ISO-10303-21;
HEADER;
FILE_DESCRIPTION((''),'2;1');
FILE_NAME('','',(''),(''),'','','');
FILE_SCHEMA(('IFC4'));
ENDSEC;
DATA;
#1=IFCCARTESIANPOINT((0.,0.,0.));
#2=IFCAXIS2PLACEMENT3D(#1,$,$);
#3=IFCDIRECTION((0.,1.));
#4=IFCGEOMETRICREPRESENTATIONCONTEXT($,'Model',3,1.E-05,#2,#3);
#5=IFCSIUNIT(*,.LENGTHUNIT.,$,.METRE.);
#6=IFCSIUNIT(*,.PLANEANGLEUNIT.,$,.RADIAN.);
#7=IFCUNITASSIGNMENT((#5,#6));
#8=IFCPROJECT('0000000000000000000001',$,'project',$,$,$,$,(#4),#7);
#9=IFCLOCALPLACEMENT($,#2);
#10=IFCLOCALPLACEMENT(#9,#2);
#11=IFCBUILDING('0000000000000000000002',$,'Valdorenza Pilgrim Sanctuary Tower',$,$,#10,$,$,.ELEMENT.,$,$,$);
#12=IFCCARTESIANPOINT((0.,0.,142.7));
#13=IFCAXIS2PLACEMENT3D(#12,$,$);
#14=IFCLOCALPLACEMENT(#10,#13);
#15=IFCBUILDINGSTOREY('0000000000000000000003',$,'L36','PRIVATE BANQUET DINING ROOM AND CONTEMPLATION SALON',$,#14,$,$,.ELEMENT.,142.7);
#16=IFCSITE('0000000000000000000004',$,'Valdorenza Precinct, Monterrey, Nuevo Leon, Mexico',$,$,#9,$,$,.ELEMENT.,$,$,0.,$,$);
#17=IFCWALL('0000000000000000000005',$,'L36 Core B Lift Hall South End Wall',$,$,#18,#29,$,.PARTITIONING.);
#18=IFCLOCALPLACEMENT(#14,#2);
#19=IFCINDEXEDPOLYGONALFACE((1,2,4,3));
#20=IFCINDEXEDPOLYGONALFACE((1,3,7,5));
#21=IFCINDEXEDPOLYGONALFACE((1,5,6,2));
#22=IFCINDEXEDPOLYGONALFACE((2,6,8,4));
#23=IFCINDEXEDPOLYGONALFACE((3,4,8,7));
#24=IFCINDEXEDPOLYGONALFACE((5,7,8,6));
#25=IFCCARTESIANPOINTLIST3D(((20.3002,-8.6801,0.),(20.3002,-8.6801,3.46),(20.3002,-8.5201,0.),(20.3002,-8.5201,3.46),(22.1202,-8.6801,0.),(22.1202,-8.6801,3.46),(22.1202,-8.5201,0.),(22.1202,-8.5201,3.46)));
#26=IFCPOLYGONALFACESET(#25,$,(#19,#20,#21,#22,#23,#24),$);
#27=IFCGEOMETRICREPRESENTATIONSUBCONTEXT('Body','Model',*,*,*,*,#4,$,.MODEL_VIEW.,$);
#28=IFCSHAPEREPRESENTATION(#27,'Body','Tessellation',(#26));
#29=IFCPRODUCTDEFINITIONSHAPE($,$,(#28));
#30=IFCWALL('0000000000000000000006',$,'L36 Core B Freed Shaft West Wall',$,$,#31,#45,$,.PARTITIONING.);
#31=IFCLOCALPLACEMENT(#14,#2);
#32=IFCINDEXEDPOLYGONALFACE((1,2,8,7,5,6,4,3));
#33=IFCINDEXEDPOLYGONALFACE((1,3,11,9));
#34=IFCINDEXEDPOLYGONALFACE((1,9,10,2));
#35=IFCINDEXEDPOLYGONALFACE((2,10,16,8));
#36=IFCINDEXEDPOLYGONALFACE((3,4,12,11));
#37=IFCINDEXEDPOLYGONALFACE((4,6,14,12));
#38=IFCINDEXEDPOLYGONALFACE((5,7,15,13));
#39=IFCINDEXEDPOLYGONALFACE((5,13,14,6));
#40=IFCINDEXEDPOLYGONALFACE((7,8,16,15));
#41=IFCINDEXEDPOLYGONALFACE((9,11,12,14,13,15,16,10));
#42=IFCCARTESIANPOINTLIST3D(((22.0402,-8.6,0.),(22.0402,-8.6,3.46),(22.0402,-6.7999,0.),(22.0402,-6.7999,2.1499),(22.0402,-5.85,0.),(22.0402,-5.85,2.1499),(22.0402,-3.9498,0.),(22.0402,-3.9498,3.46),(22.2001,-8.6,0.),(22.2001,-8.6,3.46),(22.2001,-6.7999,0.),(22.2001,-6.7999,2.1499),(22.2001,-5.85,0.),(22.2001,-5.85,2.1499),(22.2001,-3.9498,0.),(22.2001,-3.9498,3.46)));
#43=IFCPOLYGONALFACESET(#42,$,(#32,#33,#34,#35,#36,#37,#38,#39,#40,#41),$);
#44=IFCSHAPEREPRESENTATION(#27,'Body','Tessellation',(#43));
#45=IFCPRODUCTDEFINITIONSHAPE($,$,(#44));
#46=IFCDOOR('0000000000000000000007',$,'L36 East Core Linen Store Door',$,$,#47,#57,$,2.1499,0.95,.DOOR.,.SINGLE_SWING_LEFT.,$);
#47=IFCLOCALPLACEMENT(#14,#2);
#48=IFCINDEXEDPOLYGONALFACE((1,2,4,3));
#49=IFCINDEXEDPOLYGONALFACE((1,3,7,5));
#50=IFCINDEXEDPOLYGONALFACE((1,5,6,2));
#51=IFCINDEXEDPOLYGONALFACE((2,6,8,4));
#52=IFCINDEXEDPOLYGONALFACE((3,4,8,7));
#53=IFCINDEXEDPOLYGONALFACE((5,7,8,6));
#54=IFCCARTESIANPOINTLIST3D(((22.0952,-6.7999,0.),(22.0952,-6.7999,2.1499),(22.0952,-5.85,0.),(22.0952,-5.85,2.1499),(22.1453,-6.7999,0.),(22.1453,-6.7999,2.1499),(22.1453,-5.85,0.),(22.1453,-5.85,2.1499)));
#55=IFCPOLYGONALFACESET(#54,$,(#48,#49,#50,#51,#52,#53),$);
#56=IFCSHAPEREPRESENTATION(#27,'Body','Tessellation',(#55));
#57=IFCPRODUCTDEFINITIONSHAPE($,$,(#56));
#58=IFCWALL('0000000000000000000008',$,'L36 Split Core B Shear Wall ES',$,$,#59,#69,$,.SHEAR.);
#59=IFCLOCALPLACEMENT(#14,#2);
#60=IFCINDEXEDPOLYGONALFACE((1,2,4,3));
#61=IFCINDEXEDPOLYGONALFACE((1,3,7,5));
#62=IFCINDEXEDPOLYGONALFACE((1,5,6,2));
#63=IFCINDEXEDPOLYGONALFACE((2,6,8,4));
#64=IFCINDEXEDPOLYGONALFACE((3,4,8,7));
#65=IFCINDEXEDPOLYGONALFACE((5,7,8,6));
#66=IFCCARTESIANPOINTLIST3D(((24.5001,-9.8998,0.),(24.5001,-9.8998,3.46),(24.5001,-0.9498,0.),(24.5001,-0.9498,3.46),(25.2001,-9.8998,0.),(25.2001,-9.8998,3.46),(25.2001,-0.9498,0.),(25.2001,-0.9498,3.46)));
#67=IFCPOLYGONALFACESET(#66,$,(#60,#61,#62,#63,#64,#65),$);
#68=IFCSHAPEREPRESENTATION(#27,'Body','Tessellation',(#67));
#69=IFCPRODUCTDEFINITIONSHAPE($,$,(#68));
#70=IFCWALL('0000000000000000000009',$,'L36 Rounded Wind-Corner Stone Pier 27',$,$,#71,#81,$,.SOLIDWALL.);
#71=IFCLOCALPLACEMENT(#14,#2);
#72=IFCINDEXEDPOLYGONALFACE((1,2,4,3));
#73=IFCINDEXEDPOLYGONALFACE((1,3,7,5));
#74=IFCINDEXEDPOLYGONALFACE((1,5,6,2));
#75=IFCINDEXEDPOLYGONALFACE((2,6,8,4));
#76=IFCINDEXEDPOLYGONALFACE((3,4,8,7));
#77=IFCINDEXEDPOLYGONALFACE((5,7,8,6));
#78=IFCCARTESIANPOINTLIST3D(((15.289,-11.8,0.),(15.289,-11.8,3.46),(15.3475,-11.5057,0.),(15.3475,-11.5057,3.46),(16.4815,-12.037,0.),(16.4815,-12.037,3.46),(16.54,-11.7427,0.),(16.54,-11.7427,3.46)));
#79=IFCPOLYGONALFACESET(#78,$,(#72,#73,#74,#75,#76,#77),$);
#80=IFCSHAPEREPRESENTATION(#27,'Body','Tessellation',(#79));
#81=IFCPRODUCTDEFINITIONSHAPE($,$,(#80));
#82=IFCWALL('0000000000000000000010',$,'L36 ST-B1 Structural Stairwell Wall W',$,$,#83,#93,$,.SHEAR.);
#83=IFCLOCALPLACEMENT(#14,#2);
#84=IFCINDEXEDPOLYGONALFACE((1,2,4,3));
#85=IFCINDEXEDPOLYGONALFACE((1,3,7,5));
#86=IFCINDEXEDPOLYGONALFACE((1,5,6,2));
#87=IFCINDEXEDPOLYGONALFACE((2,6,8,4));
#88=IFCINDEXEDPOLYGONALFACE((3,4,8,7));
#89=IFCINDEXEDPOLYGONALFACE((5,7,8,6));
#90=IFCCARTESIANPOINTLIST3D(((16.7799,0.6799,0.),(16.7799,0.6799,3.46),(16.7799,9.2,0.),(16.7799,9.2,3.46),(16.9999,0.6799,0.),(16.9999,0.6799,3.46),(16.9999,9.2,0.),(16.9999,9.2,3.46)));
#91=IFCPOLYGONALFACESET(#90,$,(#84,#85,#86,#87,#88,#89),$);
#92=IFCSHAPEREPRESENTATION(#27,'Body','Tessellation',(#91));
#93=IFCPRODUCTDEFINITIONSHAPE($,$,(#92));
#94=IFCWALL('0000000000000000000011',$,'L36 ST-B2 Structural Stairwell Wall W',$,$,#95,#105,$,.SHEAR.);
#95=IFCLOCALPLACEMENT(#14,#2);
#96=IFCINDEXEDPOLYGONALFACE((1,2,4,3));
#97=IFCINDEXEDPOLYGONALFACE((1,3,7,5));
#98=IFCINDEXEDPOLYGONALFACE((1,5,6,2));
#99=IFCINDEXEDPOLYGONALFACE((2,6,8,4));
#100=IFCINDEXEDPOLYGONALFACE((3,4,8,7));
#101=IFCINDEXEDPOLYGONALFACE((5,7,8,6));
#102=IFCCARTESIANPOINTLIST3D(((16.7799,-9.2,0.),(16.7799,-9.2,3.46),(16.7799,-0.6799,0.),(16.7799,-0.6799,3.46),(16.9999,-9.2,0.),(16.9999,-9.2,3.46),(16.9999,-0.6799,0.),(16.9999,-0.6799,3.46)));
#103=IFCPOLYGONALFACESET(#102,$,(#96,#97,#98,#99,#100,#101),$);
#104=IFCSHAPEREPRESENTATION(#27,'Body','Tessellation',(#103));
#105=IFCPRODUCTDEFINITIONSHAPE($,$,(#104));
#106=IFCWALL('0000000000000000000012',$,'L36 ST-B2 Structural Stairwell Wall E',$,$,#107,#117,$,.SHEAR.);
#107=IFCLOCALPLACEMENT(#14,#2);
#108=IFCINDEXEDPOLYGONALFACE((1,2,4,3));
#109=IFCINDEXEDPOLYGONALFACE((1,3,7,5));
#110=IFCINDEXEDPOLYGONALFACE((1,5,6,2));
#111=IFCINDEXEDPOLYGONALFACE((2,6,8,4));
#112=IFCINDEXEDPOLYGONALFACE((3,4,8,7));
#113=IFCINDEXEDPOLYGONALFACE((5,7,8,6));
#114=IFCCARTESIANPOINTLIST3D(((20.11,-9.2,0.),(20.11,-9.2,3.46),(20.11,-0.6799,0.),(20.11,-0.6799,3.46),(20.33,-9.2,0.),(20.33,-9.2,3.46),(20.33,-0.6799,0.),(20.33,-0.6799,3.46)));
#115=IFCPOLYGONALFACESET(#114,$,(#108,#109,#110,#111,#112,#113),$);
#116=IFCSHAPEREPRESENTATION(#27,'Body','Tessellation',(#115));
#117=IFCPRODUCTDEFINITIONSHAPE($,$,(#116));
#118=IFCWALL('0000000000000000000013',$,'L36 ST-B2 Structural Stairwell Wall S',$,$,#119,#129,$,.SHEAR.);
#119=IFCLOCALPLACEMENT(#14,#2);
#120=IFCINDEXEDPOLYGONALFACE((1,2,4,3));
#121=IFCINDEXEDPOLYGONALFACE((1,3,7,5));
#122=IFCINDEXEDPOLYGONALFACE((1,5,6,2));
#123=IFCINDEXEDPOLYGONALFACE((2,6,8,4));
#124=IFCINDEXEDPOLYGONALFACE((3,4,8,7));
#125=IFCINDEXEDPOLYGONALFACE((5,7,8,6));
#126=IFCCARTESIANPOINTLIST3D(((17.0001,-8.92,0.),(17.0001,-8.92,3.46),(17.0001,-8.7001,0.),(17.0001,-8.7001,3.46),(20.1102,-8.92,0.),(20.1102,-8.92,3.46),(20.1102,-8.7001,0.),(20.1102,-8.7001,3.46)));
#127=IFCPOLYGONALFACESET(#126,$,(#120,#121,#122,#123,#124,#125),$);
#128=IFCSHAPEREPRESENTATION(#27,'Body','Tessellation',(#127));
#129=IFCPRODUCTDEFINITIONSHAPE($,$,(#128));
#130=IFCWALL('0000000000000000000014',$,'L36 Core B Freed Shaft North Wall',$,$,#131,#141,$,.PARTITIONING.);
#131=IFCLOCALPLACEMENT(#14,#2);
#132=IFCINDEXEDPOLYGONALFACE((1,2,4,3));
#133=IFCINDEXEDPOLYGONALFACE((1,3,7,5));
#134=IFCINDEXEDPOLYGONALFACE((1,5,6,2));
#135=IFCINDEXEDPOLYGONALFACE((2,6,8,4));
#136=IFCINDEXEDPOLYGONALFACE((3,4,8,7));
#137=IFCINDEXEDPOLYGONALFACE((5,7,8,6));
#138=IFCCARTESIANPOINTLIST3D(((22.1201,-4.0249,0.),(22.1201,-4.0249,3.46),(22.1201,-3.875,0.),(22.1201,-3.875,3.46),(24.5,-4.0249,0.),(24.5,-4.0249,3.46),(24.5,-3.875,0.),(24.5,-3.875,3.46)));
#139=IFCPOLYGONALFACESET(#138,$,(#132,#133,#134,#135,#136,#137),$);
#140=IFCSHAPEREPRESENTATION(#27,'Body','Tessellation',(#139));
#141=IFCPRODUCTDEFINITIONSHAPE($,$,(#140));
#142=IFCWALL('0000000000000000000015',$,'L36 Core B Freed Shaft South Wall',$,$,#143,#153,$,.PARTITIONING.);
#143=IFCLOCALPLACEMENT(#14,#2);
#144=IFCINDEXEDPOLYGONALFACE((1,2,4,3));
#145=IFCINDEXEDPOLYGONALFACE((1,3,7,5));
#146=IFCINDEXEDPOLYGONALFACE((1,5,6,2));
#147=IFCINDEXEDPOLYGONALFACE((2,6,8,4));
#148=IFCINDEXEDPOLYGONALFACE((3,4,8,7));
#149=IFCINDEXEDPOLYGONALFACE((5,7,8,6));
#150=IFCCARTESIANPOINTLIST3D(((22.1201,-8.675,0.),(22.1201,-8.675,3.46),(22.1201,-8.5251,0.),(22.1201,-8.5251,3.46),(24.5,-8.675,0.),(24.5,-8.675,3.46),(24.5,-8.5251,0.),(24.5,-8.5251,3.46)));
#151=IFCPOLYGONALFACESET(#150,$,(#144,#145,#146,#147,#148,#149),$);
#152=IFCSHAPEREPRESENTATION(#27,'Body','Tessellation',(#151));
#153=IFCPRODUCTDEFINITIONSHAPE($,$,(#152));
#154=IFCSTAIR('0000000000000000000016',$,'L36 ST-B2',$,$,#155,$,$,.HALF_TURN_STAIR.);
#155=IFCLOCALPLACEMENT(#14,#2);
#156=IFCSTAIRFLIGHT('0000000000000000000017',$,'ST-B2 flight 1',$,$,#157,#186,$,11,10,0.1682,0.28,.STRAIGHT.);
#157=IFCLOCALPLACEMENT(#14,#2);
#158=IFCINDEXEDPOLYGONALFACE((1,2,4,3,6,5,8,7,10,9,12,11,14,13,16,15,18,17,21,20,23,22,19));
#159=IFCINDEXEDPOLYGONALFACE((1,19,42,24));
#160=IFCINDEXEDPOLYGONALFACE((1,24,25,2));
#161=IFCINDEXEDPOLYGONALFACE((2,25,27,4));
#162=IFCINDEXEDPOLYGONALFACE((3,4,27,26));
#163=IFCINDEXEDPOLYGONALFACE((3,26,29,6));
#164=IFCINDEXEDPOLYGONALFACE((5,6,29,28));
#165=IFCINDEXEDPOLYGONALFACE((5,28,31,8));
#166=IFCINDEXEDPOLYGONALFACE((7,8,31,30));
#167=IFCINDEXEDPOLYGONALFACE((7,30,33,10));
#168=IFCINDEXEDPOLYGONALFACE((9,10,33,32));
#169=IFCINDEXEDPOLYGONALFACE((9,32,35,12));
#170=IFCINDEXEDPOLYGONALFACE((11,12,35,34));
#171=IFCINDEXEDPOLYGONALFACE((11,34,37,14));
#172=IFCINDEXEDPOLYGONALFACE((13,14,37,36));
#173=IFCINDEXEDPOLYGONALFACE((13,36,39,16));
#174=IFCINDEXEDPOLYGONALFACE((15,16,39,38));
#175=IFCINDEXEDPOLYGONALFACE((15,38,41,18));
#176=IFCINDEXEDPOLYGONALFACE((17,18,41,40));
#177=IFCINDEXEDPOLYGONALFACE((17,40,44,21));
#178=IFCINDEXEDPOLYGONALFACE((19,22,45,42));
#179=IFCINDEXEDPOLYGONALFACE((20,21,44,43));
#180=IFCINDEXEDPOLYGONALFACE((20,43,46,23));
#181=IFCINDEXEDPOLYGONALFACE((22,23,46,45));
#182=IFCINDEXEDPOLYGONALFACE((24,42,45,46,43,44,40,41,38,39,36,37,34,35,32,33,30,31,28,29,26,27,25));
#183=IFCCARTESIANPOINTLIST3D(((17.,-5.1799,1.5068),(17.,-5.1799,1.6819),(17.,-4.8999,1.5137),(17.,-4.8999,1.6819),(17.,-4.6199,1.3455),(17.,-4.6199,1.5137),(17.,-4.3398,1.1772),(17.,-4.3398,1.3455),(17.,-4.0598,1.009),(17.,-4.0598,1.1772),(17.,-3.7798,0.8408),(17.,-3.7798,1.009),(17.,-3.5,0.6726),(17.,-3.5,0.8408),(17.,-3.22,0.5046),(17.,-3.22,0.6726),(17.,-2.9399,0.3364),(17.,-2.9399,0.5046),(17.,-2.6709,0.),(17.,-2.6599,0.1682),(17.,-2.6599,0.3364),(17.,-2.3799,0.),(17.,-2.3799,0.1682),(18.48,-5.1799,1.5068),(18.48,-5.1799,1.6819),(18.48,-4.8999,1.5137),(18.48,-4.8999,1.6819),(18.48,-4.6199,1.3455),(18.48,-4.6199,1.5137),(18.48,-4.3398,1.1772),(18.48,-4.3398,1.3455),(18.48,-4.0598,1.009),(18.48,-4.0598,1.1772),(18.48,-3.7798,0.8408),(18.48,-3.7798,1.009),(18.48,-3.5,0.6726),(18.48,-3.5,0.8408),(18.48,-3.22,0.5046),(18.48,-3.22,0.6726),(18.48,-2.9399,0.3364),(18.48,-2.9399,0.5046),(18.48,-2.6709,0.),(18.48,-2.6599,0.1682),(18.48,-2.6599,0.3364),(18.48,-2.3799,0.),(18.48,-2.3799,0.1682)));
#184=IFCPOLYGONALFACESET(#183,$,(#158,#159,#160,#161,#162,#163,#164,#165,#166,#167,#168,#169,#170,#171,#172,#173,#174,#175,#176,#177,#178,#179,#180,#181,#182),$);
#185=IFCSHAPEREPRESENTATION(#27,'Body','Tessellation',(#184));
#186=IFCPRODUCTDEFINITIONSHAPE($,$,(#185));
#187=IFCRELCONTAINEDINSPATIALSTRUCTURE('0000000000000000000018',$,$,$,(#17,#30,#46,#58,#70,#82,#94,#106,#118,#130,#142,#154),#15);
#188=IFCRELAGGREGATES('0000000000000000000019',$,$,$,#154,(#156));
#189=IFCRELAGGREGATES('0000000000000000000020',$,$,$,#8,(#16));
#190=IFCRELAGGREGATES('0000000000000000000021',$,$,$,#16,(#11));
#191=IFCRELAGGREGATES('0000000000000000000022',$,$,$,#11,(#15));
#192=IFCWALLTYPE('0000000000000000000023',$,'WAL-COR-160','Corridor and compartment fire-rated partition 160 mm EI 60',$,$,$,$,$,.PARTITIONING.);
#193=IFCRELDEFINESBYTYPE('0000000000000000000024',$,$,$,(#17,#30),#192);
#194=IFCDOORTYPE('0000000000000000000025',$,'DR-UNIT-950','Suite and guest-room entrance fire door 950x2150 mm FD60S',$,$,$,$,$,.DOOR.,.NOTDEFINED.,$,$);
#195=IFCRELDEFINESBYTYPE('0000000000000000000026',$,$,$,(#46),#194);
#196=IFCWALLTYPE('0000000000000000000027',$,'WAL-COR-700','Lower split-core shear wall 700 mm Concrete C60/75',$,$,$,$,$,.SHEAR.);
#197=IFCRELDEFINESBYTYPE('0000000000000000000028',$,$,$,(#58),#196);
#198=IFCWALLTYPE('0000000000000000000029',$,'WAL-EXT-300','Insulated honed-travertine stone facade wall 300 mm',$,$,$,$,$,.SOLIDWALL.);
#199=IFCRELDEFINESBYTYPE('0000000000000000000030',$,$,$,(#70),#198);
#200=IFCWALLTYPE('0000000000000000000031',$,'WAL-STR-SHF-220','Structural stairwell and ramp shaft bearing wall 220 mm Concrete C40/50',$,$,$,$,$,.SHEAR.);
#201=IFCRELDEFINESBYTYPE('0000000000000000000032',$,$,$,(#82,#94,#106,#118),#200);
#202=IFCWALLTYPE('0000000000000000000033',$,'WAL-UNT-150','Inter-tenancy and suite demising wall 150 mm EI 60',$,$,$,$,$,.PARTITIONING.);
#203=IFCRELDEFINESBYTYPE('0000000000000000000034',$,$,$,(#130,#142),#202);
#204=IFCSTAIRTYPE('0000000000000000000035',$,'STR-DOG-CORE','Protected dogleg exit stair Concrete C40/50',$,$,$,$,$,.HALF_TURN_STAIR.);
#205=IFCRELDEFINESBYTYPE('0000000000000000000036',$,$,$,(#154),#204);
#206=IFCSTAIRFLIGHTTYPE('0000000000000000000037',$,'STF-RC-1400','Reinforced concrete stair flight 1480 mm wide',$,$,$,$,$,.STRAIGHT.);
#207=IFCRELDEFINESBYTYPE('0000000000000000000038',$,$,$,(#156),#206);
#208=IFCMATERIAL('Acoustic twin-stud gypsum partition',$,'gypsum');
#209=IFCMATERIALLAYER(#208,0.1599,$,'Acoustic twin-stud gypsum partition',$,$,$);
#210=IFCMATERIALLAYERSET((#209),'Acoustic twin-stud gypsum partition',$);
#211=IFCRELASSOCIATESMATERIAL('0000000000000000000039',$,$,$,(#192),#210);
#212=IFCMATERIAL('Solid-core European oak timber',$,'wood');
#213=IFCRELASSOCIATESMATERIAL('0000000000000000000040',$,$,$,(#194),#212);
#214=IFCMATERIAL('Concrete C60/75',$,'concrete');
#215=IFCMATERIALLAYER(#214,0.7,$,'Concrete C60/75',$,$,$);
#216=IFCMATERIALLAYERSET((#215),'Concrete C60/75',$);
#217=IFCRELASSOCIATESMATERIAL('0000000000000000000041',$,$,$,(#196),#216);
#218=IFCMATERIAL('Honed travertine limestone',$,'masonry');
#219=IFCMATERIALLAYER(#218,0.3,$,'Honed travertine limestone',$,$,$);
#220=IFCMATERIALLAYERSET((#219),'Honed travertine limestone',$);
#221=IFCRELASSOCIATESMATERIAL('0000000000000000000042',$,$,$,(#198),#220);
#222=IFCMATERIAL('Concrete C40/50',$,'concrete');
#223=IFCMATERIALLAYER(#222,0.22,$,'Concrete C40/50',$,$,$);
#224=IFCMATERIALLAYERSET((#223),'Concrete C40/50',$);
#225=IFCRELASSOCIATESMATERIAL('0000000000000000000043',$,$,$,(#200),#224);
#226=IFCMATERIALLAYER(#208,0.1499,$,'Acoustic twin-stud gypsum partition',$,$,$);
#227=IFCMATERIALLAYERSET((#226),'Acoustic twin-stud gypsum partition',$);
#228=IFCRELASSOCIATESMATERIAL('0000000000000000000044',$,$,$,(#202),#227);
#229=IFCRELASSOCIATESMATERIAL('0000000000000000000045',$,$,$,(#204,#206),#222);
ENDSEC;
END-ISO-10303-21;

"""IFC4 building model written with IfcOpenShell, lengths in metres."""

from ifc_helpers import new_model, si_unit, direction, frame, frame_2d, origin, place, context, subcontext, project, spatial, polyline, rectangle, outline, extrude, material, layer, layer_set, type_object, element, fill, aggregate, save


model = new_model("IFC4")

# Units and contexts
model_context = context("Model", 3, precision=1e-05, world=origin(), true_north=direction((0.0, 1.0)))
body_context = subcontext(model_context, "Body", "Model", "MODEL_VIEW")
ifc_project = project(units=[si_unit("LENGTHUNIT", "METRE"), si_unit("PLANEANGLEUNIT", "RADIAN")], contexts=[model_context])

# Site, building, storey
site_placement = place(None, origin())
site = spatial("IfcSite", under=ifc_project, at=site_placement, Name="Valdorenza Precinct, Monterrey, Nuevo Leon, Mexico", CompositionType="ELEMENT", RefElevation=0.0)
building_placement = place(site_placement, origin())
building = spatial("IfcBuilding", under=site, at=building_placement, Name="Valdorenza Pilgrim Sanctuary Tower", CompositionType="ELEMENT")
storey_placement = place(building_placement, frame((0.0, 0.0, 142.7)))
storey = spatial("IfcBuildingStorey", under=building, at=storey_placement, Name="L36", Description="PRIVATE BANQUET DINING ROOM AND CONTEMPLATION SALON", CompositionType="ELEMENT", Elevation=142.7)

# Shared definitions
ifc_material_1 = material(Name="Concrete C60/75", Category="concrete")

# Shared definitions
ifc_material_2 = material(Name="Honed travertine limestone", Category="masonry")

# Wall
ifc_material_3 = material(Name="Acoustic twin-stud gypsum partition", Category="gypsum")
ifc_layer_1 = layer(ifc_material_3, 0.1599, Name="Acoustic twin-stud gypsum partition")
ifc_layer_set_1 = layer_set([ifc_layer_1], Name="Acoustic twin-stud gypsum partition")
wall_type_1 = type_object("IfcWallType", Name="WAL-COR-160", Description="Corridor and compartment fire-rated partition 160 mm EI 60", PredefinedType="PARTITIONING", material=ifc_layer_set_1)
wall_1_placement = place(storey_placement, frame((20.3, -8.6001, 0.0), z_axis=(0.0, 0.0, 1.0), x_axis=(1.0, 0.0, 0.0)))
element("IfcWall", 1, at=wall_1_placement, inside=storey, type_object=wall_type_1, Name="L36 Core B Lift Hall South End Wall", PredefinedType="PARTITIONING", context=body_context, shape_type="SweptSolid", body=[
    extrude(rectangle(XDim=1.8201, YDim=0.1599, at=frame_2d((0.9102, 0.0))), origin(), (0.0, 0.0, 1.0), 3.46),
])

# Wall, opening, door
wall_2_placement = place(storey_placement, frame((22.1201, -8.6001, 0.0), z_axis=(0.0, 0.0, 1.0), x_axis=(0.0, 1.0, 0.0)))
wall_2 = element("IfcWall", 2, at=wall_2_placement, inside=storey, type_object=wall_type_1, Name="L36 Core B Freed Shaft West Wall", PredefinedType="PARTITIONING", context=body_context, shape_type="SweptSolid", body=[
    extrude(rectangle(XDim=4.6501, YDim=0.1599, at=frame_2d((2.3252, 0.0))), origin(), (0.0, 0.0, 1.0), 3.46),
])
opening_1_placement = place(wall_2_placement, frame((1.8, 0.0, 0.0)))
opening_1 = element("IfcOpeningElement", 3, at=opening_1_placement, cuts=wall_2, PredefinedType="OPENING", context=body_context, shape_type="SweptSolid", body=[
    extrude(rectangle(XDim=0.95, YDim=2.1499, at=frame_2d((0.4751, 1.075))), frame((0.0, 0.0947, 0.0), z_axis=(0.0, -1.0, 0.0), x_axis=(1.0, 0.0, 0.0)), (0.0, 0.0, 1.0), 0.1897),
])
ifc_material_4 = material(Name="Solid-core European oak timber", Category="wood")
door_type_1 = type_object("IfcDoorType", Name="DR-UNIT-950", Description="Suite and guest-room entrance fire door 950x2150 mm FD60S", OperationType="NOTDEFINED", PredefinedType="DOOR", material=ifc_material_4)
door_1_placement = place(opening_1_placement, origin())
door_1 = element("IfcDoor", 4, at=door_1_placement, inside=storey, type_object=door_type_1, Name="L36 East Core Linen Store Door", OperationType="SINGLE_SWING_LEFT", OverallHeight=2.1499, OverallWidth=0.95, PredefinedType="DOOR", context=body_context, shape_type="SweptSolid", body=[
    extrude(rectangle(XDim=0.95, YDim=2.1499, at=frame_2d((0.4751, 1.075))), frame((0.0, 0.0249, 0.0), z_axis=(0.0, -1.0, 0.0), x_axis=(1.0, 0.0, 0.0)), (0.0, 0.0, 1.0), 0.05),
])
fill(opening_1, door_1)

# Walls
ifc_layer_2 = layer(ifc_material_1, 0.7, Name="Concrete C60/75")
ifc_layer_set_2 = layer_set([ifc_layer_2], Name="Concrete C60/75")
wall_type_2 = type_object("IfcWallType", Name="WAL-COR-700", Description="Lower split-core shear wall 700 mm Concrete C60/75", PredefinedType="SHEAR", material=ifc_layer_set_2)
wall_3_placement = place(storey_placement, frame((24.8501, -9.8999, 0.0), z_axis=(0.0, 0.0, 1.0), x_axis=(0.0, 1.0, 0.0)))
element("IfcWall", 5, at=wall_3_placement, inside=storey, type_object=wall_type_2, Name="L36 Split Core B Shear Wall ES", PredefinedType="SHEAR", context=body_context, shape_type="SweptSolid", body=[
    extrude(rectangle(XDim=8.95, YDim=0.7, at=frame_2d((4.4751, 0.0))), origin(), (0.0, 0.0, 1.0), 3.46),
])
ifc_layer_3 = layer(ifc_material_2, 0.3, Name="Honed travertine limestone")
ifc_layer_set_3 = layer_set([ifc_layer_3], Name="Honed travertine limestone")
wall_type_3 = type_object("IfcWallType", Name="WAL-EXT-300", Description="Insulated honed-travertine stone facade wall 300 mm", PredefinedType="SOLIDWALL", material=ifc_layer_set_3)
wall_4_placement = place(storey_placement, frame((16.5107, -11.8899, 0.0), z_axis=(0.0, 0.0, 1.0), x_axis=(-0.980804, 0.194996, 0.0)))
element("IfcWall", 6, at=wall_4_placement, inside=storey, type_object=wall_type_3, Name="L36 Rounded Wind-Corner Stone Pier 27", PredefinedType="SOLIDWALL", context=body_context, shape_type="SweptSolid", body=[
    extrude(rectangle(XDim=1.2158, YDim=0.3, at=frame_2d((0.6079, 0.0))), origin(), (0.0, 0.0, 1.0), 3.46),
])

# Walls
ifc_material_5 = material(Name="Concrete C40/50", Category="concrete")
ifc_layer_4 = layer(ifc_material_5, 0.22, Name="Concrete C40/50")
ifc_layer_set_4 = layer_set([ifc_layer_4], Name="Concrete C40/50")
wall_type_4 = type_object("IfcWallType", Name="WAL-STR-SHF-220", Description="Structural stairwell and ramp shaft bearing wall 220 mm Concrete C40/50", PredefinedType="SHEAR", material=ifc_layer_set_4)
for number, where, z_axis, x_axis, name in (
    (7, (16.8899, 0.6799, 0.0), (0.0, 0.0, 1.0), (0.0, 1.0, 0.0), "L36 ST-B1 Structural Stairwell Wall W"),
    (8, (16.8899, -9.2, 0.0), (0.0, 0.0, 1.0), (0.0, 1.0, 0.0), "L36 ST-B2 Structural Stairwell Wall W"),
    (9, (20.22, -9.2, 0.0), (0.0, 0.0, 1.0), (0.0, 1.0, 0.0), "L36 ST-B2 Structural Stairwell Wall E"),
):
    element("IfcWall", number, at=place(storey_placement, frame(where, z_axis=z_axis, x_axis=x_axis)), inside=storey, type_object=wall_type_4, Name=name, PredefinedType="SHEAR", context=body_context, shape_type="SweptSolid", body=[
        extrude(rectangle(XDim=8.52, YDim=0.22, at=frame_2d((4.26, 0.0))), origin(), (0.0, 0.0, 1.0), 3.46),
    ])
wall_5_placement = place(storey_placement, frame((17.0, -8.8101, 0.0), z_axis=(0.0, 0.0, 1.0), x_axis=(1.0, 0.0, 0.0)))
element("IfcWall", 10, at=wall_5_placement, inside=storey, type_object=wall_type_4, Name="L36 ST-B2 Structural Stairwell Wall S", PredefinedType="SHEAR", context=body_context, shape_type="SweptSolid", body=[
    extrude(rectangle(XDim=3.1101, YDim=0.22, at=frame_2d((1.5552, 0.0))), origin(), (0.0, 0.0, 1.0), 3.46),
])

# Walls
ifc_layer_5 = layer(ifc_material_3, 0.1499, Name="Acoustic twin-stud gypsum partition")
ifc_layer_set_5 = layer_set([ifc_layer_5], Name="Acoustic twin-stud gypsum partition")
wall_type_5 = type_object("IfcWallType", Name="WAL-UNT-150", Description="Inter-tenancy and suite demising wall 150 mm EI 60", PredefinedType="PARTITIONING", material=ifc_layer_set_5)
for number, where, z_axis, x_axis, name in (
    (11, (22.1201, -3.95, 0.0), (0.0, 0.0, 1.0), (1.0, 0.0, 0.0), "L36 Core B Freed Shaft North Wall"),
    (12, (22.1201, -8.6001, 0.0), (0.0, 0.0, 1.0), (1.0, 0.0, 0.0), "L36 Core B Freed Shaft South Wall"),
):
    element("IfcWall", number, at=place(storey_placement, frame(where, z_axis=z_axis, x_axis=x_axis)), inside=storey, type_object=wall_type_5, Name=name, PredefinedType="PARTITIONING", context=body_context, shape_type="SweptSolid", body=[
        extrude(rectangle(XDim=2.3799, YDim=0.1499, at=frame_2d((1.1899, 0.0))), origin(), (0.0, 0.0, 1.0), 3.46),
    ])

# Stair, stair flight
stair_type = type_object("IfcStairType", Name="STR-DOG-CORE", Description="Protected dogleg exit stair Concrete C40/50", PredefinedType="HALF_TURN_STAIR", material=ifc_material_5)
stair_placement = place(storey_placement, origin())
stair = element("IfcStair", 13, at=stair_placement, inside=storey, type_object=stair_type, Name="L36 ST-B2", PredefinedType="HALF_TURN_STAIR")
stair_flight_type = type_object("IfcStairFlightType", Name="STF-RC-1400", Description="Reinforced concrete stair flight 1480 mm wide", PredefinedType="STRAIGHT", material=ifc_material_5)
stair_flight_1_placement = place(storey_placement, frame((17.74, -2.3799, 0.0), z_axis=(0.0, 0.0, 1.0), x_axis=(0.0, -1.0, 0.0)))
stair_flight_1 = element("IfcStairFlight", 14, at=stair_flight_1_placement, type_object=stair_flight_type, Name="ST-B2 flight 1", NumberOfRisers=11, NumberOfTreads=10, PredefinedType="STRAIGHT", RiserHeight=0.1682, TreadLength=0.28, context=body_context, shape_type="SweptSolid", body=[
    extrude(outline(polyline([(0.0, 0.0), (0.0, 0.1682), (0.28, 0.1682), (0.28, 0.3364), (0.5601, 0.3364), (0.5601, 0.5046), (0.8401, 0.5046), (0.8401, 0.6726), (1.1201, 0.6726), (1.1201, 0.8408), (1.3999, 0.8408), (1.3999, 1.009), (1.6799, 1.009), (1.6799, 1.1772), (1.96, 1.1772), (1.96, 1.3455), (2.24, 1.3455), (2.24, 1.5137), (2.52, 1.5137), (2.52, 1.6819), (2.8, 1.6819), (2.8, 1.8501), (2.8, 1.5068), (0.291, 0.0), (0.0, 0.0)])), frame((0.0, 0.74, 0.0), z_axis=(0.0, -1.0, 0.0), x_axis=(1.0, 0.0, 0.0)), (0.0, 0.0, 1.0), 1.48),
])
aggregate(stair, [stair_flight_1])

save(model, "model.ifc")
